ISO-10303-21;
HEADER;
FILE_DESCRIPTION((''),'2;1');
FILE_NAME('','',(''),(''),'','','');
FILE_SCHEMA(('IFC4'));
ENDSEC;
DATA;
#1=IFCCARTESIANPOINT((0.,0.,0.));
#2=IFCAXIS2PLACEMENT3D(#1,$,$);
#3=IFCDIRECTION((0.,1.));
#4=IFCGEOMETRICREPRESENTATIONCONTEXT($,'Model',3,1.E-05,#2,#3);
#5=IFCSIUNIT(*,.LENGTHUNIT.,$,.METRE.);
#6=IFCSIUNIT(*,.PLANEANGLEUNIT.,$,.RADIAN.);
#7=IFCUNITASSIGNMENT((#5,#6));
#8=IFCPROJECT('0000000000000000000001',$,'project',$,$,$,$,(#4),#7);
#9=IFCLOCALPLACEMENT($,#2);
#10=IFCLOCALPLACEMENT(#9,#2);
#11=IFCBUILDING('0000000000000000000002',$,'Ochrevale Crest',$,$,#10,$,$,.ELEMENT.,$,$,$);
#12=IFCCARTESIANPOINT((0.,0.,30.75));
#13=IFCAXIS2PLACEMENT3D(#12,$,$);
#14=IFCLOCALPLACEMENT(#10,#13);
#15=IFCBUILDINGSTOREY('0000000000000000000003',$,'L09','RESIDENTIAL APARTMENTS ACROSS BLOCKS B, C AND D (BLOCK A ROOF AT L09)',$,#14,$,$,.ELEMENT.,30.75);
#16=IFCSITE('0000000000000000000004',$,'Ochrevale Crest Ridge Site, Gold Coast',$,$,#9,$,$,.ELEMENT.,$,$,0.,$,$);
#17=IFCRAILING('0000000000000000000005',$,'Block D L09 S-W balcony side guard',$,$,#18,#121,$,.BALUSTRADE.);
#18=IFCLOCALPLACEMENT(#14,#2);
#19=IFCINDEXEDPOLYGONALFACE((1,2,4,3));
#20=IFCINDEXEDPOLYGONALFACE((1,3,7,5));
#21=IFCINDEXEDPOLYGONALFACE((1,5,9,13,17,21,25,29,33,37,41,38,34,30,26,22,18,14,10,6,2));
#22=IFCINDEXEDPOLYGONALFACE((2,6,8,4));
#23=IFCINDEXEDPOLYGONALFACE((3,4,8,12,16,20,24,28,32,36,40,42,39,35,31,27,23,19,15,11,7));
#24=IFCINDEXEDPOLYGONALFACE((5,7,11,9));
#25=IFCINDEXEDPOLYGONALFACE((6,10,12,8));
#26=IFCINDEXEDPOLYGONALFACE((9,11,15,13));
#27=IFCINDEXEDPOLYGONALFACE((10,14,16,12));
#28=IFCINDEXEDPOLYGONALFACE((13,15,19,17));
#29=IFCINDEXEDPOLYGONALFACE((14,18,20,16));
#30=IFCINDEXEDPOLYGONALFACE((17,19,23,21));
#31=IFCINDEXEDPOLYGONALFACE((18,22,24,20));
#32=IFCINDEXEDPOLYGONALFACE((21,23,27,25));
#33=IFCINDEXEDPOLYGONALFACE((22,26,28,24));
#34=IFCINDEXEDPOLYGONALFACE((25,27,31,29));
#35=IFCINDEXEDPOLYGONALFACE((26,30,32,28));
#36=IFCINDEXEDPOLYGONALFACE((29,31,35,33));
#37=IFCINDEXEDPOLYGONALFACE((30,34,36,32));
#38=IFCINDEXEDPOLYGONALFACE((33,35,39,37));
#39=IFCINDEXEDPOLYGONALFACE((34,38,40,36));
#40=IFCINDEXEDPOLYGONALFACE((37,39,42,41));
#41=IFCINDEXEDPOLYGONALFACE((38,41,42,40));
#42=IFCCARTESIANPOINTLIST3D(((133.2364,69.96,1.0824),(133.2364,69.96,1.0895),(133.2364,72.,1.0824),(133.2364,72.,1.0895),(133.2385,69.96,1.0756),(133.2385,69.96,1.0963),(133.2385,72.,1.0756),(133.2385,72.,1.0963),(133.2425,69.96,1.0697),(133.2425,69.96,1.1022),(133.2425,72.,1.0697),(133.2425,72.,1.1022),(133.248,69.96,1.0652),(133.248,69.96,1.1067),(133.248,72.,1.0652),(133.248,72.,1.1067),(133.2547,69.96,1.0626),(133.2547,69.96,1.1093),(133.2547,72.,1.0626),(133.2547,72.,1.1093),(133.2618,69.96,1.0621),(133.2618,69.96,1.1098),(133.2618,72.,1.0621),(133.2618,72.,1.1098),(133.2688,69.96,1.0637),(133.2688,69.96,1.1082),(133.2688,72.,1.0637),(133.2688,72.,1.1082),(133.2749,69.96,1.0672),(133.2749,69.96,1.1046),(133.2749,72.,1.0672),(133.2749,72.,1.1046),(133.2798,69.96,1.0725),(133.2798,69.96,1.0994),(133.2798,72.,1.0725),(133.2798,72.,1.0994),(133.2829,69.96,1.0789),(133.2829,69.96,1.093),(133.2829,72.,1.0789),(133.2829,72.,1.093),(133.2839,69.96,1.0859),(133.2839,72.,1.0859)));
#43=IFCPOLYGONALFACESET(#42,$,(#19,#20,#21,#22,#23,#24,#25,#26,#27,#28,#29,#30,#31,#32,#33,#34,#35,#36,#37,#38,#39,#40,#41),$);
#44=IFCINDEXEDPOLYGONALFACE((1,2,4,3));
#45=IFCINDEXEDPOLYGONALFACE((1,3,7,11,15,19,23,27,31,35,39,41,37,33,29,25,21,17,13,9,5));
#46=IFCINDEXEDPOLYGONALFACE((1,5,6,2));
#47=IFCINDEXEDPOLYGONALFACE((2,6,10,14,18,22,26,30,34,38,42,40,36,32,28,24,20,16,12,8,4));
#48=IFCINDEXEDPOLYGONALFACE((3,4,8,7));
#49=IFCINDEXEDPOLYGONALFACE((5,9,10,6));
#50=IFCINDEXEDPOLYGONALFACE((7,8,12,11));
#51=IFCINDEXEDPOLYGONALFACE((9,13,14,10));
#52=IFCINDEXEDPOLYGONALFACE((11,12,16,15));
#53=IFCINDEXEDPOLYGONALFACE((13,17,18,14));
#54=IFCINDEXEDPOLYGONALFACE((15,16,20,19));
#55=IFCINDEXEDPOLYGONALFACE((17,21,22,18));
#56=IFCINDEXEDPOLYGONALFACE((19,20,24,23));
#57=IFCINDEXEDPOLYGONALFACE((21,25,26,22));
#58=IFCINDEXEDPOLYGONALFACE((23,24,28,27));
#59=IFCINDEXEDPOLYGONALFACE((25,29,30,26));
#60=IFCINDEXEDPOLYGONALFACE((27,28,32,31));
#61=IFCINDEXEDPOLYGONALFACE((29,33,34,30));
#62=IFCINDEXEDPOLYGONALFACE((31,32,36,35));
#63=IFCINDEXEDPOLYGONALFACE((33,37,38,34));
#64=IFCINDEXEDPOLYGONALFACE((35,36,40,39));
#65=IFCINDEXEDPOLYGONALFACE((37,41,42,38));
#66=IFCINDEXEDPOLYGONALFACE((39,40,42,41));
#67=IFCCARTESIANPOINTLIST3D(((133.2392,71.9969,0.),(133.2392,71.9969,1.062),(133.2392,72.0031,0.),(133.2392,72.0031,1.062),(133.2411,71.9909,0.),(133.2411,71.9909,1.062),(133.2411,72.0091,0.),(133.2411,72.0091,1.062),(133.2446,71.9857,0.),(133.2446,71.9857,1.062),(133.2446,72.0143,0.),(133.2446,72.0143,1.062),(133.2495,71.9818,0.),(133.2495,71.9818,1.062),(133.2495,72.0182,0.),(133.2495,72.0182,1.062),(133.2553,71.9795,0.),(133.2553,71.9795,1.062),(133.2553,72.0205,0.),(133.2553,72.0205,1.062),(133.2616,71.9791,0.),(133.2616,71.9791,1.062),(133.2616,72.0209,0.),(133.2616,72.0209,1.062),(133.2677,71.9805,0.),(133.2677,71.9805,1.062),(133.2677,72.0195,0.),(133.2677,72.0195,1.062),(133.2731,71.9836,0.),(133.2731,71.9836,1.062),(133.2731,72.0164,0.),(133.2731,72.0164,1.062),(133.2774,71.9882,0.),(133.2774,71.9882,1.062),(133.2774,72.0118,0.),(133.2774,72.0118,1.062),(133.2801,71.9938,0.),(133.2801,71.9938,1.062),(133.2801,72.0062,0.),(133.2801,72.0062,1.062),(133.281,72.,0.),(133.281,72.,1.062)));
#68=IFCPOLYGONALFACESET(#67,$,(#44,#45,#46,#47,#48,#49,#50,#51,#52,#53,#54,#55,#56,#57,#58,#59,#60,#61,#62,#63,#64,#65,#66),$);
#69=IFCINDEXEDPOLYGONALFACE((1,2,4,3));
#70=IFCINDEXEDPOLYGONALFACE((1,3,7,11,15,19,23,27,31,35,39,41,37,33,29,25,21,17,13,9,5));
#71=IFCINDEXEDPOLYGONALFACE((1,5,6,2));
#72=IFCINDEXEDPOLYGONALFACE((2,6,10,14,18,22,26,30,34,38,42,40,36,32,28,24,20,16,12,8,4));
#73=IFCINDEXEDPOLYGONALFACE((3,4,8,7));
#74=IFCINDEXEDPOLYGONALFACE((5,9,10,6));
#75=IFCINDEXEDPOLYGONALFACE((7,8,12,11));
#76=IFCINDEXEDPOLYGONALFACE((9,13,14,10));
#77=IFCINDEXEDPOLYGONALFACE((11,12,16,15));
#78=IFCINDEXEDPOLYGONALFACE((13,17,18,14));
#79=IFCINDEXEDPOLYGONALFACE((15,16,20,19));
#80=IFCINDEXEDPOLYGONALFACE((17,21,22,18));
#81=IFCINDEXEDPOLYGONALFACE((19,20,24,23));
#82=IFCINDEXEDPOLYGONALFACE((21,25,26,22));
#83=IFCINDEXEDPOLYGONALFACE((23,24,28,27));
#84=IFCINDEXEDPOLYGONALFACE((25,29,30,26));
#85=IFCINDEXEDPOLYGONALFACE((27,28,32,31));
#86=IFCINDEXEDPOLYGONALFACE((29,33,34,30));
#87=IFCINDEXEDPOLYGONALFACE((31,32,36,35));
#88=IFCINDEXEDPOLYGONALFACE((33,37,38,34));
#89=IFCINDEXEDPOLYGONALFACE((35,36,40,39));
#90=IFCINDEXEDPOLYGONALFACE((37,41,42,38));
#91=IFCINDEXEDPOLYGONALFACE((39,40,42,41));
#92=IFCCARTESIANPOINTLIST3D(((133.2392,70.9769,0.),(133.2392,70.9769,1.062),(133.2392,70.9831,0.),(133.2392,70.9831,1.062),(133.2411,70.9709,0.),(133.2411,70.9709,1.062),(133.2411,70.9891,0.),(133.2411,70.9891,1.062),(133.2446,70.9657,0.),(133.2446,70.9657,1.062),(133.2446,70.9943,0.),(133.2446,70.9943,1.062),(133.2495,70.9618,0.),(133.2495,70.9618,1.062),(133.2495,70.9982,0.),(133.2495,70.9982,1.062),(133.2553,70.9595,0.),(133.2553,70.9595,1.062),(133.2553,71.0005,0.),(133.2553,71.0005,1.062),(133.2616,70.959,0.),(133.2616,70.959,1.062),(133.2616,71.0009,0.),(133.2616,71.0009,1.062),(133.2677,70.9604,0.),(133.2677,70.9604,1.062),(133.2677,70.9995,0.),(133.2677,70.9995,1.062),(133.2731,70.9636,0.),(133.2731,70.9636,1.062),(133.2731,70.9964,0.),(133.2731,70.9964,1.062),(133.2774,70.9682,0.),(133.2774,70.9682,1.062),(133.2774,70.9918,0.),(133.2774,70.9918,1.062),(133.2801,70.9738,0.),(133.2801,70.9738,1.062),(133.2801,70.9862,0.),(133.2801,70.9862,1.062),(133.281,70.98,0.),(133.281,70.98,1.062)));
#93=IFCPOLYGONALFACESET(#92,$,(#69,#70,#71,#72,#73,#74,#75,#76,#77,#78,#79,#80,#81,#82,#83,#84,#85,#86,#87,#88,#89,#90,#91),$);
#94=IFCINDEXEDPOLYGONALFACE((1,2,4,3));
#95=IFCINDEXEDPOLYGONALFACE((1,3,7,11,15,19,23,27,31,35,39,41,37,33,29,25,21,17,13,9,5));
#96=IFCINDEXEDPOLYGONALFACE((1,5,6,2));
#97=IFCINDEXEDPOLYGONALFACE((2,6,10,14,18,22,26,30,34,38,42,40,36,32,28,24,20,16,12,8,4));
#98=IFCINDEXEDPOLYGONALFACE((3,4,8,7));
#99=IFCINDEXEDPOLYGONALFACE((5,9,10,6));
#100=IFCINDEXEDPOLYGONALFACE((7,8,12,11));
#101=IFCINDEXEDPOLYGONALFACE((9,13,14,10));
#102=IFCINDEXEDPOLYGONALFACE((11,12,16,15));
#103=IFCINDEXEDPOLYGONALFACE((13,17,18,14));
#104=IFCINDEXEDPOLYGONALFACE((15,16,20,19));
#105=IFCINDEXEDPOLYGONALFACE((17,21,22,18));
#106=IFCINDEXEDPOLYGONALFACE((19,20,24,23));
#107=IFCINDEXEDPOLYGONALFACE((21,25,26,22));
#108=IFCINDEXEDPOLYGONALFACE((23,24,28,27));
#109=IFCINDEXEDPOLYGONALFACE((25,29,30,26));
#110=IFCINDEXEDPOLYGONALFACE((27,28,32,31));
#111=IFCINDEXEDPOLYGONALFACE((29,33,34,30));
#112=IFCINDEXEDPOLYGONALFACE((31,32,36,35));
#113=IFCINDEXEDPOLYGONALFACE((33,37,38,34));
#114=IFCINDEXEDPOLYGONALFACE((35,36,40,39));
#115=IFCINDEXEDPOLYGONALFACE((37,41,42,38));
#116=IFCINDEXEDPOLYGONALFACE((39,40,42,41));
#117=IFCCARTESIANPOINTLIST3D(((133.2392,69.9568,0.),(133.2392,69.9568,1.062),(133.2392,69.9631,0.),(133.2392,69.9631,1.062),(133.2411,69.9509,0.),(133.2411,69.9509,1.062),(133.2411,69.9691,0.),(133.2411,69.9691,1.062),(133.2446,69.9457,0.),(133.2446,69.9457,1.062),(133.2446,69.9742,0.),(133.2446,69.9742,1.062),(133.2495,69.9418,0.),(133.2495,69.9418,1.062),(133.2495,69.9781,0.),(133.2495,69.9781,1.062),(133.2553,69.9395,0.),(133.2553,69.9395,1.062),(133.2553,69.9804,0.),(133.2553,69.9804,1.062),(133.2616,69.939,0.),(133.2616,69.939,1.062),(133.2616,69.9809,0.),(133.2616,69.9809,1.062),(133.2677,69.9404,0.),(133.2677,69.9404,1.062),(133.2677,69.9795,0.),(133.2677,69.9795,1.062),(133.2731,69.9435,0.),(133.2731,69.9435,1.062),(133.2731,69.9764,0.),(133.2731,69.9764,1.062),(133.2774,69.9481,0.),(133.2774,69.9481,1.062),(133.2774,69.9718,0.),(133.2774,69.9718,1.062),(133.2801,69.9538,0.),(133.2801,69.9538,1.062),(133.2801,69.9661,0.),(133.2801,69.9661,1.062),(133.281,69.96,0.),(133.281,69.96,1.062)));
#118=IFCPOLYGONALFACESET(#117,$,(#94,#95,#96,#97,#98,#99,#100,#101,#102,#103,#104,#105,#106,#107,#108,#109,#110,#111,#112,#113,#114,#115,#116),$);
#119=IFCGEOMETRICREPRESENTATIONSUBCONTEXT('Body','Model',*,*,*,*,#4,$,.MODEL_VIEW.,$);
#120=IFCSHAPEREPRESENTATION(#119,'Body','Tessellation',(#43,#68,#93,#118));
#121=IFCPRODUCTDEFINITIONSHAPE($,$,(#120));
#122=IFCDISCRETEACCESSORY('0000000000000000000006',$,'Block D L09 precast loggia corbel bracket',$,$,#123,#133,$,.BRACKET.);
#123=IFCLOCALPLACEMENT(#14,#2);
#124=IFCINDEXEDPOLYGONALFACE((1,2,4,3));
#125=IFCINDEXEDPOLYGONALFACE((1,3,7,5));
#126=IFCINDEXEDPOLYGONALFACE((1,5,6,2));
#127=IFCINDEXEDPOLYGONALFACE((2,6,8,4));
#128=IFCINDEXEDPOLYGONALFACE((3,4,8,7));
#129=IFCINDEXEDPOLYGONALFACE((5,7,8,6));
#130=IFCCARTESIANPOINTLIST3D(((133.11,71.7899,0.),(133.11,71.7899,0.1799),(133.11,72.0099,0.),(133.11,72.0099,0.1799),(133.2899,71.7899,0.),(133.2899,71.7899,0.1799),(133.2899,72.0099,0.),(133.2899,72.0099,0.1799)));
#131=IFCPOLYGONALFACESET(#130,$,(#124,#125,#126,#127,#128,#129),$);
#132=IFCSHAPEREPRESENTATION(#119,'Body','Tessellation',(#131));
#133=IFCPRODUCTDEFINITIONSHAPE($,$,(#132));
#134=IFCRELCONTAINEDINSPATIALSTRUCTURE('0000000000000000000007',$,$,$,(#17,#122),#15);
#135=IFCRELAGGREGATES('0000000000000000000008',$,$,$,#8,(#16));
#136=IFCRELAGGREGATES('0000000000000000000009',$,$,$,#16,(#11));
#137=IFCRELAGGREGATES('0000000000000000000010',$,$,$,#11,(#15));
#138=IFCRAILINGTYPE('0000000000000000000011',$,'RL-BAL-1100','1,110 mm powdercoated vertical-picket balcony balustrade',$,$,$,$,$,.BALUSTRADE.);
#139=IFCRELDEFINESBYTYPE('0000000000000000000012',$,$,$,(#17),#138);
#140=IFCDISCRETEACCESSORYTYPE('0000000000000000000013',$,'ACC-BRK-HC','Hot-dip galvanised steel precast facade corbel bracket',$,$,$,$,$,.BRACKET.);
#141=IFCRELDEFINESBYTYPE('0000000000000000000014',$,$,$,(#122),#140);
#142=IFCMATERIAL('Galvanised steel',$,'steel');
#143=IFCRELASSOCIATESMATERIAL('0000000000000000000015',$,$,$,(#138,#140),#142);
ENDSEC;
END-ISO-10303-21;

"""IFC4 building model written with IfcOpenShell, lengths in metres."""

from ifc_helpers import new_model, si_unit, direction, frame, origin, origin_2d, place, context, subcontext, project, spatial, rectangle, circle, extrude, material, type_object, element, save


model = new_model("IFC4")

# Units and contexts
model_context = context("Model", 3, precision=1e-05, world=origin(), true_north=direction((0.0, 1.0)))
body_context = subcontext(model_context, "Body", "Model", "MODEL_VIEW")
ifc_project = project(units=[si_unit("LENGTHUNIT", "METRE"), si_unit("PLANEANGLEUNIT", "RADIAN")], contexts=[model_context])

# Site, building, storey
site_placement = place(None, origin())
site = spatial("IfcSite", under=ifc_project, at=site_placement, Name="Ochrevale Crest Ridge Site, Gold Coast", CompositionType="ELEMENT", RefElevation=0.0)
building_placement = place(site_placement, origin())
building = spatial("IfcBuilding", under=site, at=building_placement, Name="Ochrevale Crest", CompositionType="ELEMENT")
storey_placement = place(building_placement, frame((0.0, 0.0, 30.75)))
storey = spatial("IfcBuildingStorey", under=building, at=storey_placement, Name="L09", Description="RESIDENTIAL APARTMENTS ACROSS BLOCKS B, C AND D (BLOCK A ROOF AT L09)", CompositionType="ELEMENT", Elevation=30.75)

# Railing
ifc_material_1 = material(Name="Galvanised steel", Category="steel")
railing_type = type_object("IfcRailingType", Name="RL-BAL-1100", Description="1,110 mm powdercoated vertical-picket balcony balustrade", PredefinedType="BALUSTRADE", material=ifc_material_1)
railing_1_placement = place(storey_placement, frame((133.26, 72.0, 0.0)))
element("IfcRailing", 1, at=railing_1_placement, inside=storey, type_object=railing_type, Name="Block D L09 S-W balcony side guard", PredefinedType="BALUSTRADE", context=body_context, shape_type="SweptSolid", body=[
    extrude(circle(Radius=0.0239, at=origin_2d()), frame((0.0, 0.0, 1.0859), z_axis=(0.0, -1.0, 0.0), x_axis=(1.0, 0.0, 0.0)), (0.0, 0.0, 1.0), 2.04),
    extrude(circle(Radius=0.021, at=origin_2d()), origin(), (0.0, 0.0, 1.0), 1.062),
    extrude(circle(Radius=0.021, at=origin_2d()), frame((0.0, -1.02, 0.0)), (0.0, 0.0, 1.0), 1.062),
    extrude(circle(Radius=0.021, at=origin_2d()), frame((0.0, -2.04, 0.0)), (0.0, 0.0, 1.0), 1.062),
])

# Discrete accessory
discrete_accessory_type = type_object("IfcDiscreteAccessoryType", Name="ACC-BRK-HC", Description="Hot-dip galvanised steel precast facade corbel bracket", PredefinedType="BRACKET", material=ifc_material_1)
discrete_accessory_placement = place(storey_placement, frame((133.2, 71.8999, 0.0), z_axis=(0.0, 0.0, 1.0), x_axis=(1.0, 0.0, 0.0)))
element("IfcDiscreteAccessory", 2, at=discrete_accessory_placement, inside=storey, type_object=discrete_accessory_type, Name="Block D L09 precast loggia corbel bracket", PredefinedType="BRACKET", context=body_context, shape_type="SweptSolid", body=[
    extrude(rectangle(XDim=0.1799, YDim=0.22, at=origin_2d()), origin(), (0.0, 0.0, 1.0), 0.1799),
])

save(model, "model.ifc")
